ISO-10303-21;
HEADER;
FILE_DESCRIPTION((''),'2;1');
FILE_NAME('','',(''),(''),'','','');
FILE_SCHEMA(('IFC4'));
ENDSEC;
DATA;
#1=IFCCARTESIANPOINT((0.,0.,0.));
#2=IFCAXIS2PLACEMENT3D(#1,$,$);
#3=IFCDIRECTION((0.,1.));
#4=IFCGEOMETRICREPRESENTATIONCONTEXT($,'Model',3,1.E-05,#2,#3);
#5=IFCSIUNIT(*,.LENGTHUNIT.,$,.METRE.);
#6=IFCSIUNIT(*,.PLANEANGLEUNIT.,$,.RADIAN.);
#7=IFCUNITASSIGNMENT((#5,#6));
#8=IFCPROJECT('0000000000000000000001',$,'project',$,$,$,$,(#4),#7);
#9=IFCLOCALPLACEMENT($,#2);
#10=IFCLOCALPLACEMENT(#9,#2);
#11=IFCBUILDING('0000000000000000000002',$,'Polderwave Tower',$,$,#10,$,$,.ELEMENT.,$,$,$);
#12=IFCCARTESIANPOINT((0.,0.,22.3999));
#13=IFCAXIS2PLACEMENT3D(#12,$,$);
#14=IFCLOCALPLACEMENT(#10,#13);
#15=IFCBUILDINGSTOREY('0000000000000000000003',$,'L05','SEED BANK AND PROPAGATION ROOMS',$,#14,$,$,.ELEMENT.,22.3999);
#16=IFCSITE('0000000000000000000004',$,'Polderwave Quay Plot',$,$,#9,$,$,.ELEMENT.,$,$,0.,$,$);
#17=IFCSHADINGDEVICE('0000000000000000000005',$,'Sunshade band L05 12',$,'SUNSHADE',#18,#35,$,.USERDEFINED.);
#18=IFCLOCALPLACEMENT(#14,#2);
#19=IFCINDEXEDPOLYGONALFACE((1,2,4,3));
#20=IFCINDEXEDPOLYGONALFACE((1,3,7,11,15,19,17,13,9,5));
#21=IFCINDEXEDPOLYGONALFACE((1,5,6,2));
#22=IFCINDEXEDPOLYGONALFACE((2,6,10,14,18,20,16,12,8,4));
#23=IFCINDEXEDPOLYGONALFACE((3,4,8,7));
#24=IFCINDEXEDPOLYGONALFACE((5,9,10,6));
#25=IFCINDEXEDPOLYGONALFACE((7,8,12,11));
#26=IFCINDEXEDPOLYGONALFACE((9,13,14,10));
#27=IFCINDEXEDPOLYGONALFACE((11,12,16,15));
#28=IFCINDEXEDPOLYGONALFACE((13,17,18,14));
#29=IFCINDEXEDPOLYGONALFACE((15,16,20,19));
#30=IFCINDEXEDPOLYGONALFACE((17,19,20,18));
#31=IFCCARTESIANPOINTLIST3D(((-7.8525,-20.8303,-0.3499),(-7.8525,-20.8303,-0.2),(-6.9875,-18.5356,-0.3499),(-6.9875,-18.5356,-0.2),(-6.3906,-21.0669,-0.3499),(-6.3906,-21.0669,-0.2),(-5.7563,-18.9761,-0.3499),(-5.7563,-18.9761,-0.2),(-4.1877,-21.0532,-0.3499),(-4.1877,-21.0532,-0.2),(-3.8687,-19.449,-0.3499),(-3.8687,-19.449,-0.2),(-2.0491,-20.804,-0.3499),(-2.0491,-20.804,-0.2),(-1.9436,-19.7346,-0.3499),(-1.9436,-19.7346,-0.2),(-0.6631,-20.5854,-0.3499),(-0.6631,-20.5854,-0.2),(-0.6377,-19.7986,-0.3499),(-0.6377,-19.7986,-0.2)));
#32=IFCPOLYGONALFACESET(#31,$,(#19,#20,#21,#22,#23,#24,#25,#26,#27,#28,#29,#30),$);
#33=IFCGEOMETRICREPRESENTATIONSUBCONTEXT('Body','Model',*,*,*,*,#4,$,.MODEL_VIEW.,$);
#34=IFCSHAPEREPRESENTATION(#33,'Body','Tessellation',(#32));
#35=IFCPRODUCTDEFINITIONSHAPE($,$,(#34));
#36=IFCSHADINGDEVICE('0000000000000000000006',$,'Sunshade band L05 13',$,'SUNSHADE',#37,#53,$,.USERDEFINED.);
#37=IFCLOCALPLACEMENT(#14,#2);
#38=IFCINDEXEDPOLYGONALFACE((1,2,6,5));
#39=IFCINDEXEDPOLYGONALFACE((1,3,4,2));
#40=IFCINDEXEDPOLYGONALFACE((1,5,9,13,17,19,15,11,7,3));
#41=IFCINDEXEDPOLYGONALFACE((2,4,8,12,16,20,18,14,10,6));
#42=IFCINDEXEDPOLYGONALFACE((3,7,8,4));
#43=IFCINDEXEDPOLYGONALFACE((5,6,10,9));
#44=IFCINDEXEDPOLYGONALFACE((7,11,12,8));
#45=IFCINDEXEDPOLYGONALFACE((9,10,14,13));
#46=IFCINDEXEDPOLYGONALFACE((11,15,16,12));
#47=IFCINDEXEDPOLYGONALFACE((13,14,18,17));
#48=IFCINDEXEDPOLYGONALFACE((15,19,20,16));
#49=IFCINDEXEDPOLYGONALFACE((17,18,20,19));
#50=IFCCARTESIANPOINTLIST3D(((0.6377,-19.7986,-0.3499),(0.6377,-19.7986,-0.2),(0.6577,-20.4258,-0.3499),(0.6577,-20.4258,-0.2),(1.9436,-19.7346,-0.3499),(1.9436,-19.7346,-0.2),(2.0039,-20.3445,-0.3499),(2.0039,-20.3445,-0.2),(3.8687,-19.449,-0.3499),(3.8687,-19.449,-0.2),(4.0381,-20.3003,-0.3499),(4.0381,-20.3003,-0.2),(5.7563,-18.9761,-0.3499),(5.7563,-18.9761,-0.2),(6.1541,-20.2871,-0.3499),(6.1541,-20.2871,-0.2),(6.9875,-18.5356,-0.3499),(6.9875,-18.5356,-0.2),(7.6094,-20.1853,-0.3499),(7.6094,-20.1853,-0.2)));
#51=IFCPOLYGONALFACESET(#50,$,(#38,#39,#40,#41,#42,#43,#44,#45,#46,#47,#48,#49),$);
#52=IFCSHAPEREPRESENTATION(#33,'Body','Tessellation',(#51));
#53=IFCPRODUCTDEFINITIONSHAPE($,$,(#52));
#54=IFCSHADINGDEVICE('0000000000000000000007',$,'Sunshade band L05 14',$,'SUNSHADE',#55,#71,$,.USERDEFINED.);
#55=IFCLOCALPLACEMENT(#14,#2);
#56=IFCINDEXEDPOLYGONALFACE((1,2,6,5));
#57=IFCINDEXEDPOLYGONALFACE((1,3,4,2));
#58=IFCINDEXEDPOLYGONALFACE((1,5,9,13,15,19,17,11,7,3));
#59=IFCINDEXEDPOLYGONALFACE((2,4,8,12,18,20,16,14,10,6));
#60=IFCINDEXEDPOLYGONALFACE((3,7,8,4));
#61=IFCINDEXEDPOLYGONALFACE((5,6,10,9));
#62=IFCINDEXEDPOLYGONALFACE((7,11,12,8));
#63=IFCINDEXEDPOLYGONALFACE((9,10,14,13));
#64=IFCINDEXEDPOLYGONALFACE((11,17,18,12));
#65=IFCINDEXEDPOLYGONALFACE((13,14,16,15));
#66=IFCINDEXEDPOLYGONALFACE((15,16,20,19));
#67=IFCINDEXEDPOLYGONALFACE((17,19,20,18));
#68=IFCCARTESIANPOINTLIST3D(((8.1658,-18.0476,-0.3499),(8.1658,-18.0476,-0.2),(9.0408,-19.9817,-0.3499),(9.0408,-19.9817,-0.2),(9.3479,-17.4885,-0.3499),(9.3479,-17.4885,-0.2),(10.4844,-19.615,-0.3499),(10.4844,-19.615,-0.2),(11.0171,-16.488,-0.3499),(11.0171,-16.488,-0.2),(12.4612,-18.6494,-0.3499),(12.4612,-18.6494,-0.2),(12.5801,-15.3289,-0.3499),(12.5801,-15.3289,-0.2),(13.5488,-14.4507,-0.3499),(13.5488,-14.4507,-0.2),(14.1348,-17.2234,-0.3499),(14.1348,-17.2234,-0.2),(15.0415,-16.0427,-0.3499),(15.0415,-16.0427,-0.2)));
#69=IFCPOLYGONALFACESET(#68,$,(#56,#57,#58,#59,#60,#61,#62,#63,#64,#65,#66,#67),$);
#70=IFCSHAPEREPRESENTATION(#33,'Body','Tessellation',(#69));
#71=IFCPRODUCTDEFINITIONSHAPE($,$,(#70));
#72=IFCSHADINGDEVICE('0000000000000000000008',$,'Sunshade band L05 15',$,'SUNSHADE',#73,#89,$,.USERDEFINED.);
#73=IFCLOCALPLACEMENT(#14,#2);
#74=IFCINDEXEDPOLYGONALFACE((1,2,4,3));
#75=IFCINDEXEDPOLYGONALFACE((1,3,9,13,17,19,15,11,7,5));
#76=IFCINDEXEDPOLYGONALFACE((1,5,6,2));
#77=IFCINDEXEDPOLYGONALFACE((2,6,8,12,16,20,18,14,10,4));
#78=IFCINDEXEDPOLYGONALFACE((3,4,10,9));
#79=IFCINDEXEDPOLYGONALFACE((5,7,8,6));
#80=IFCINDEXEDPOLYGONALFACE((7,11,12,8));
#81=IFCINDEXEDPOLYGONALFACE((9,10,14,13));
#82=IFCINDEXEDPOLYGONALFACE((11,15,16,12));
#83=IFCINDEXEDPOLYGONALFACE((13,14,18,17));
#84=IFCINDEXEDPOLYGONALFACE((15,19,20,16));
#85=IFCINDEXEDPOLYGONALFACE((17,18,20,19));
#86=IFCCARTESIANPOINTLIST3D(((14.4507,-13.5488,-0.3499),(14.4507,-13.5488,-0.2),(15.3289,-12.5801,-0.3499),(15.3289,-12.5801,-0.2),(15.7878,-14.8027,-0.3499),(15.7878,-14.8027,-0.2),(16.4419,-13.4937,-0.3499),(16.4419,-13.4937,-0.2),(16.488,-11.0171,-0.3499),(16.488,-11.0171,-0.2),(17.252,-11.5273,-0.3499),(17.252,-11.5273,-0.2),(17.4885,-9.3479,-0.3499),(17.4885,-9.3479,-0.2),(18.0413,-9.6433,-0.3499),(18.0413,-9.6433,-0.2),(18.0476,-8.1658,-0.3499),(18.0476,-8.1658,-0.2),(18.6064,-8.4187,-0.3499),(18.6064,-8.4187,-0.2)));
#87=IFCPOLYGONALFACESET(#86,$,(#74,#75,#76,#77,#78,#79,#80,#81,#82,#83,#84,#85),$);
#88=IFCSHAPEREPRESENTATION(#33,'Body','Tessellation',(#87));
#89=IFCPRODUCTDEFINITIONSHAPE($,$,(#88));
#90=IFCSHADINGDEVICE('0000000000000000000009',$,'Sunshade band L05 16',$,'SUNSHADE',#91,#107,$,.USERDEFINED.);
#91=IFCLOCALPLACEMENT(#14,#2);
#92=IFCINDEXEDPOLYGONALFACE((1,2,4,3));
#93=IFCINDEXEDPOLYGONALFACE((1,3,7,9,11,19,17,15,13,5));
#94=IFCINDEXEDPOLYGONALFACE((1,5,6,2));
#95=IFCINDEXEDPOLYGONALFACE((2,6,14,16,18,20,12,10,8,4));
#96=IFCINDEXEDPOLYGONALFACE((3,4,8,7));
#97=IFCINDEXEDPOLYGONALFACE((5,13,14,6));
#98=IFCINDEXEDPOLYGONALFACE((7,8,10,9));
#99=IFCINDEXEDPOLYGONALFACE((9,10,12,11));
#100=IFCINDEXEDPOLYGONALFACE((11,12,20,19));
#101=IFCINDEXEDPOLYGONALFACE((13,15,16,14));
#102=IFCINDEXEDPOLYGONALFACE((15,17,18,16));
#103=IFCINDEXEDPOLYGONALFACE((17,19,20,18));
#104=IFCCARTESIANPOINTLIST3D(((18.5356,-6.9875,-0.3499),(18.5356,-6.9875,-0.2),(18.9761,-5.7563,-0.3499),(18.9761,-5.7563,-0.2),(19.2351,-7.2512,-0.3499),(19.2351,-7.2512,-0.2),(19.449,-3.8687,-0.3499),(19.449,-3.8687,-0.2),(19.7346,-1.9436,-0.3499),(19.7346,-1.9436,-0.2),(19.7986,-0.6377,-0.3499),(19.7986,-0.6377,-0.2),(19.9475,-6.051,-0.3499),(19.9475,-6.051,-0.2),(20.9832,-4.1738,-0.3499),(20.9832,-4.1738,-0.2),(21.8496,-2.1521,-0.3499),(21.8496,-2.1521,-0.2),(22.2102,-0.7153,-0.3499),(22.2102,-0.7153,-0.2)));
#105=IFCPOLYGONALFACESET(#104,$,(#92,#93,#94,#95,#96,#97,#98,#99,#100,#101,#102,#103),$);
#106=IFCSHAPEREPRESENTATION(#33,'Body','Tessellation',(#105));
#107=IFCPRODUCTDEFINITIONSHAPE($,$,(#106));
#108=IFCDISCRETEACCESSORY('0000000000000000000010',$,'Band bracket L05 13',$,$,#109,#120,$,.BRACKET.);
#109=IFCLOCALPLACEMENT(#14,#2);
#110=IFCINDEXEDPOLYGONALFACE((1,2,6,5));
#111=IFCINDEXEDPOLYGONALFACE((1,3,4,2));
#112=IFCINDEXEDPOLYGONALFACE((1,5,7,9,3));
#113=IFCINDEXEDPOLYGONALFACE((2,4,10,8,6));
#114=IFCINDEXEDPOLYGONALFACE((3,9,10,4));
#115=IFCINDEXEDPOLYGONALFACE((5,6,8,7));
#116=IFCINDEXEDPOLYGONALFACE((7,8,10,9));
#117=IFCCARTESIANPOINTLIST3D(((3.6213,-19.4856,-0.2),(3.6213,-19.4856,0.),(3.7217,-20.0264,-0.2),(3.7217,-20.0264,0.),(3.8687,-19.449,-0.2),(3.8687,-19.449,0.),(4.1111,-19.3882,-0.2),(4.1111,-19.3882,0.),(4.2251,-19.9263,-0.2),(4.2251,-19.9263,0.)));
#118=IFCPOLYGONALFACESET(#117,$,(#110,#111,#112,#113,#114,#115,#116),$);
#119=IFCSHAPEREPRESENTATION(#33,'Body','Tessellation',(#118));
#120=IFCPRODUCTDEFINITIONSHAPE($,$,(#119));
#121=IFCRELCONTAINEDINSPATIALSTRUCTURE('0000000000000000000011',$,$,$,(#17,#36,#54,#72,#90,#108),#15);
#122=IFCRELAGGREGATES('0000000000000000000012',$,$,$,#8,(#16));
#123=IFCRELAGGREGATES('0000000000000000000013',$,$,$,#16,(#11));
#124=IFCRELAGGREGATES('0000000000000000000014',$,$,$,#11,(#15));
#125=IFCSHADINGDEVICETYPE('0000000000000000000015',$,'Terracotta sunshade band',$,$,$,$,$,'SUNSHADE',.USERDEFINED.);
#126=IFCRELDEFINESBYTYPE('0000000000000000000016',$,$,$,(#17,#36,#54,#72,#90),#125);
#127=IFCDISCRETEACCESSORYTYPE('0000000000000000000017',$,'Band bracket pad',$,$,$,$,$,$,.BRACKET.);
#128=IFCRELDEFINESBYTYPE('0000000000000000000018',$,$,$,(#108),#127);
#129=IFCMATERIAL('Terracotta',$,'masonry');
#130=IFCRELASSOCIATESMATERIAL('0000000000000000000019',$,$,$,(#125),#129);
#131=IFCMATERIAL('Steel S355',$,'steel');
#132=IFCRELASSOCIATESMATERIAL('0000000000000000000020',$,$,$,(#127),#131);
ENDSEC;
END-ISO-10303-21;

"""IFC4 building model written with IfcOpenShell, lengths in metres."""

from ifc_helpers import new_model, si_unit, direction, frame, origin, place, context, subcontext, project, spatial, polyline, outline, extrude, material, type_object, element, save


model = new_model("IFC4")

# Units and contexts
model_context = context("Model", 3, precision=1e-05, world=origin(), true_north=direction((0.0, 1.0)))
body_context = subcontext(model_context, "Body", "Model", "MODEL_VIEW")
ifc_project = project(units=[si_unit("LENGTHUNIT", "METRE"), si_unit("PLANEANGLEUNIT", "RADIAN")], contexts=[model_context])

# Site, building, storey
site_placement = place(None, origin())
site = spatial("IfcSite", under=ifc_project, at=site_placement, Name="Polderwave Quay Plot", CompositionType="ELEMENT", RefElevation=0.0)
building_placement = place(site_placement, origin())
building = spatial("IfcBuilding", under=site, at=building_placement, Name="Polderwave Tower", CompositionType="ELEMENT")
storey_placement = place(building_placement, frame((0.0, 0.0, 22.3999)))
storey = spatial("IfcBuildingStorey", under=building, at=storey_placement, Name="L05", Description="SEED BANK AND PROPAGATION ROOMS", CompositionType="ELEMENT", Elevation=22.3999)

# Shading devices
ifc_material_1 = material(Name="Terracotta", Category="masonry")
shading_device_type = type_object("IfcShadingDeviceType", Name="Terracotta sunshade band", ElementType="SUNSHADE", PredefinedType="USERDEFINED", material=ifc_material_1)
shading_device_1_placement = place(storey_placement, frame((0.0, 0.0, -0.3499)))
element("IfcShadingDevice", 1, at=shading_device_1_placement, inside=storey, type_object=shading_device_type, Name="Sunshade band L05 12", ObjectType="SUNSHADE", PredefinedType="USERDEFINED", context=body_context, shape_type="SweptSolid", body=[
    extrude(outline(polyline([(-6.9875, -18.5356), (-5.7563, -18.9761), (-3.8687, -19.449), (-1.9436, -19.7346), (-0.6377, -19.7986), (-0.6631, -20.5854), (-2.0491, -20.804), (-4.1877, -21.0532), (-6.3906, -21.0669), (-7.8525, -20.8303), (-6.9875, -18.5356)])), origin(), (0.0, 0.0, 1.0), 0.1499),
])
shading_device_2_placement = place(storey_placement, frame((0.0, 0.0, -0.3499)))
element("IfcShadingDevice", 2, at=shading_device_2_placement, inside=storey, type_object=shading_device_type, Name="Sunshade band L05 13", ObjectType="SUNSHADE", PredefinedType="USERDEFINED", context=body_context, shape_type="SweptSolid", body=[
    extrude(outline(polyline([(0.6377, -19.7986), (1.9436, -19.7346), (3.8687, -19.449), (5.7563, -18.9761), (6.9875, -18.5356), (7.6094, -20.1853), (6.1541, -20.2871), (4.0381, -20.3003), (2.0039, -20.3445), (0.6577, -20.4258), (0.6377, -19.7986)])), origin(), (0.0, 0.0, 1.0), 0.1499),
])
shading_device_3_placement = place(storey_placement, frame((0.0, 0.0, -0.3499)))
element("IfcShadingDevice", 3, at=shading_device_3_placement, inside=storey, type_object=shading_device_type, Name="Sunshade band L05 14", ObjectType="SUNSHADE", PredefinedType="USERDEFINED", context=body_context, shape_type="SweptSolid", body=[
    extrude(outline(polyline([(8.1658, -18.0476), (9.3479, -17.4885), (11.0171, -16.488), (12.5801, -15.3289), (13.5488, -14.4507), (15.0415, -16.0427), (14.1348, -17.2234), (12.4612, -18.6494), (10.4844, -19.615), (9.0408, -19.9817), (8.1658, -18.0476)])), origin(), (0.0, 0.0, 1.0), 0.1499),
])
shading_device_4_placement = place(storey_placement, frame((0.0, 0.0, -0.3499)))
element("IfcShadingDevice", 4, at=shading_device_4_placement, inside=storey, type_object=shading_device_type, Name="Sunshade band L05 15", ObjectType="SUNSHADE", PredefinedType="USERDEFINED", context=body_context, shape_type="SweptSolid", body=[
    extrude(outline(polyline([(14.4507, -13.5488), (15.3289, -12.5801), (16.488, -11.0171), (17.4885, -9.3479), (18.0476, -8.1658), (18.6064, -8.4187), (18.0413, -9.6433), (17.252, -11.5273), (16.4419, -13.4937), (15.7878, -14.8027), (14.4507, -13.5488)])), origin(), (0.0, 0.0, 1.0), 0.1499),
])
shading_device_5_placement = place(storey_placement, frame((0.0, 0.0, -0.3499)))
element("IfcShadingDevice", 5, at=shading_device_5_placement, inside=storey, type_object=shading_device_type, Name="Sunshade band L05 16", ObjectType="SUNSHADE", PredefinedType="USERDEFINED", context=body_context, shape_type="SweptSolid", body=[
    extrude(outline(polyline([(18.5356, -6.9875), (18.9761, -5.7563), (19.449, -3.8687), (19.7346, -1.9436), (19.7986, -0.6377), (22.2102, -0.7153), (21.8496, -2.1521), (20.9832, -4.1738), (19.9475, -6.051), (19.2351, -7.2512), (18.5356, -6.9875)])), origin(), (0.0, 0.0, 1.0), 0.1499),
])

# Discrete accessory
ifc_material_2 = material(Name="Steel S355", Category="steel")
discrete_accessory_type = type_object("IfcDiscreteAccessoryType", Name="Band bracket pad", PredefinedType="BRACKET", material=ifc_material_2)
discrete_accessory_placement = place(storey_placement, frame((0.0, 0.0, -0.2)))
element("IfcDiscreteAccessory", 6, at=discrete_accessory_placement, inside=storey, type_object=discrete_accessory_type, Name="Band bracket L05 13", PredefinedType="BRACKET", context=body_context, shape_type="SweptSolid", body=[
    extrude(outline(polyline([(3.6213, -19.4856), (3.8687, -19.449), (4.1111, -19.3882), (4.2251, -19.9263), (3.7217, -20.0264), (3.6213, -19.4856)])), origin(), (0.0, 0.0, 1.0), 0.2),
])

save(model, "model.ifc")
